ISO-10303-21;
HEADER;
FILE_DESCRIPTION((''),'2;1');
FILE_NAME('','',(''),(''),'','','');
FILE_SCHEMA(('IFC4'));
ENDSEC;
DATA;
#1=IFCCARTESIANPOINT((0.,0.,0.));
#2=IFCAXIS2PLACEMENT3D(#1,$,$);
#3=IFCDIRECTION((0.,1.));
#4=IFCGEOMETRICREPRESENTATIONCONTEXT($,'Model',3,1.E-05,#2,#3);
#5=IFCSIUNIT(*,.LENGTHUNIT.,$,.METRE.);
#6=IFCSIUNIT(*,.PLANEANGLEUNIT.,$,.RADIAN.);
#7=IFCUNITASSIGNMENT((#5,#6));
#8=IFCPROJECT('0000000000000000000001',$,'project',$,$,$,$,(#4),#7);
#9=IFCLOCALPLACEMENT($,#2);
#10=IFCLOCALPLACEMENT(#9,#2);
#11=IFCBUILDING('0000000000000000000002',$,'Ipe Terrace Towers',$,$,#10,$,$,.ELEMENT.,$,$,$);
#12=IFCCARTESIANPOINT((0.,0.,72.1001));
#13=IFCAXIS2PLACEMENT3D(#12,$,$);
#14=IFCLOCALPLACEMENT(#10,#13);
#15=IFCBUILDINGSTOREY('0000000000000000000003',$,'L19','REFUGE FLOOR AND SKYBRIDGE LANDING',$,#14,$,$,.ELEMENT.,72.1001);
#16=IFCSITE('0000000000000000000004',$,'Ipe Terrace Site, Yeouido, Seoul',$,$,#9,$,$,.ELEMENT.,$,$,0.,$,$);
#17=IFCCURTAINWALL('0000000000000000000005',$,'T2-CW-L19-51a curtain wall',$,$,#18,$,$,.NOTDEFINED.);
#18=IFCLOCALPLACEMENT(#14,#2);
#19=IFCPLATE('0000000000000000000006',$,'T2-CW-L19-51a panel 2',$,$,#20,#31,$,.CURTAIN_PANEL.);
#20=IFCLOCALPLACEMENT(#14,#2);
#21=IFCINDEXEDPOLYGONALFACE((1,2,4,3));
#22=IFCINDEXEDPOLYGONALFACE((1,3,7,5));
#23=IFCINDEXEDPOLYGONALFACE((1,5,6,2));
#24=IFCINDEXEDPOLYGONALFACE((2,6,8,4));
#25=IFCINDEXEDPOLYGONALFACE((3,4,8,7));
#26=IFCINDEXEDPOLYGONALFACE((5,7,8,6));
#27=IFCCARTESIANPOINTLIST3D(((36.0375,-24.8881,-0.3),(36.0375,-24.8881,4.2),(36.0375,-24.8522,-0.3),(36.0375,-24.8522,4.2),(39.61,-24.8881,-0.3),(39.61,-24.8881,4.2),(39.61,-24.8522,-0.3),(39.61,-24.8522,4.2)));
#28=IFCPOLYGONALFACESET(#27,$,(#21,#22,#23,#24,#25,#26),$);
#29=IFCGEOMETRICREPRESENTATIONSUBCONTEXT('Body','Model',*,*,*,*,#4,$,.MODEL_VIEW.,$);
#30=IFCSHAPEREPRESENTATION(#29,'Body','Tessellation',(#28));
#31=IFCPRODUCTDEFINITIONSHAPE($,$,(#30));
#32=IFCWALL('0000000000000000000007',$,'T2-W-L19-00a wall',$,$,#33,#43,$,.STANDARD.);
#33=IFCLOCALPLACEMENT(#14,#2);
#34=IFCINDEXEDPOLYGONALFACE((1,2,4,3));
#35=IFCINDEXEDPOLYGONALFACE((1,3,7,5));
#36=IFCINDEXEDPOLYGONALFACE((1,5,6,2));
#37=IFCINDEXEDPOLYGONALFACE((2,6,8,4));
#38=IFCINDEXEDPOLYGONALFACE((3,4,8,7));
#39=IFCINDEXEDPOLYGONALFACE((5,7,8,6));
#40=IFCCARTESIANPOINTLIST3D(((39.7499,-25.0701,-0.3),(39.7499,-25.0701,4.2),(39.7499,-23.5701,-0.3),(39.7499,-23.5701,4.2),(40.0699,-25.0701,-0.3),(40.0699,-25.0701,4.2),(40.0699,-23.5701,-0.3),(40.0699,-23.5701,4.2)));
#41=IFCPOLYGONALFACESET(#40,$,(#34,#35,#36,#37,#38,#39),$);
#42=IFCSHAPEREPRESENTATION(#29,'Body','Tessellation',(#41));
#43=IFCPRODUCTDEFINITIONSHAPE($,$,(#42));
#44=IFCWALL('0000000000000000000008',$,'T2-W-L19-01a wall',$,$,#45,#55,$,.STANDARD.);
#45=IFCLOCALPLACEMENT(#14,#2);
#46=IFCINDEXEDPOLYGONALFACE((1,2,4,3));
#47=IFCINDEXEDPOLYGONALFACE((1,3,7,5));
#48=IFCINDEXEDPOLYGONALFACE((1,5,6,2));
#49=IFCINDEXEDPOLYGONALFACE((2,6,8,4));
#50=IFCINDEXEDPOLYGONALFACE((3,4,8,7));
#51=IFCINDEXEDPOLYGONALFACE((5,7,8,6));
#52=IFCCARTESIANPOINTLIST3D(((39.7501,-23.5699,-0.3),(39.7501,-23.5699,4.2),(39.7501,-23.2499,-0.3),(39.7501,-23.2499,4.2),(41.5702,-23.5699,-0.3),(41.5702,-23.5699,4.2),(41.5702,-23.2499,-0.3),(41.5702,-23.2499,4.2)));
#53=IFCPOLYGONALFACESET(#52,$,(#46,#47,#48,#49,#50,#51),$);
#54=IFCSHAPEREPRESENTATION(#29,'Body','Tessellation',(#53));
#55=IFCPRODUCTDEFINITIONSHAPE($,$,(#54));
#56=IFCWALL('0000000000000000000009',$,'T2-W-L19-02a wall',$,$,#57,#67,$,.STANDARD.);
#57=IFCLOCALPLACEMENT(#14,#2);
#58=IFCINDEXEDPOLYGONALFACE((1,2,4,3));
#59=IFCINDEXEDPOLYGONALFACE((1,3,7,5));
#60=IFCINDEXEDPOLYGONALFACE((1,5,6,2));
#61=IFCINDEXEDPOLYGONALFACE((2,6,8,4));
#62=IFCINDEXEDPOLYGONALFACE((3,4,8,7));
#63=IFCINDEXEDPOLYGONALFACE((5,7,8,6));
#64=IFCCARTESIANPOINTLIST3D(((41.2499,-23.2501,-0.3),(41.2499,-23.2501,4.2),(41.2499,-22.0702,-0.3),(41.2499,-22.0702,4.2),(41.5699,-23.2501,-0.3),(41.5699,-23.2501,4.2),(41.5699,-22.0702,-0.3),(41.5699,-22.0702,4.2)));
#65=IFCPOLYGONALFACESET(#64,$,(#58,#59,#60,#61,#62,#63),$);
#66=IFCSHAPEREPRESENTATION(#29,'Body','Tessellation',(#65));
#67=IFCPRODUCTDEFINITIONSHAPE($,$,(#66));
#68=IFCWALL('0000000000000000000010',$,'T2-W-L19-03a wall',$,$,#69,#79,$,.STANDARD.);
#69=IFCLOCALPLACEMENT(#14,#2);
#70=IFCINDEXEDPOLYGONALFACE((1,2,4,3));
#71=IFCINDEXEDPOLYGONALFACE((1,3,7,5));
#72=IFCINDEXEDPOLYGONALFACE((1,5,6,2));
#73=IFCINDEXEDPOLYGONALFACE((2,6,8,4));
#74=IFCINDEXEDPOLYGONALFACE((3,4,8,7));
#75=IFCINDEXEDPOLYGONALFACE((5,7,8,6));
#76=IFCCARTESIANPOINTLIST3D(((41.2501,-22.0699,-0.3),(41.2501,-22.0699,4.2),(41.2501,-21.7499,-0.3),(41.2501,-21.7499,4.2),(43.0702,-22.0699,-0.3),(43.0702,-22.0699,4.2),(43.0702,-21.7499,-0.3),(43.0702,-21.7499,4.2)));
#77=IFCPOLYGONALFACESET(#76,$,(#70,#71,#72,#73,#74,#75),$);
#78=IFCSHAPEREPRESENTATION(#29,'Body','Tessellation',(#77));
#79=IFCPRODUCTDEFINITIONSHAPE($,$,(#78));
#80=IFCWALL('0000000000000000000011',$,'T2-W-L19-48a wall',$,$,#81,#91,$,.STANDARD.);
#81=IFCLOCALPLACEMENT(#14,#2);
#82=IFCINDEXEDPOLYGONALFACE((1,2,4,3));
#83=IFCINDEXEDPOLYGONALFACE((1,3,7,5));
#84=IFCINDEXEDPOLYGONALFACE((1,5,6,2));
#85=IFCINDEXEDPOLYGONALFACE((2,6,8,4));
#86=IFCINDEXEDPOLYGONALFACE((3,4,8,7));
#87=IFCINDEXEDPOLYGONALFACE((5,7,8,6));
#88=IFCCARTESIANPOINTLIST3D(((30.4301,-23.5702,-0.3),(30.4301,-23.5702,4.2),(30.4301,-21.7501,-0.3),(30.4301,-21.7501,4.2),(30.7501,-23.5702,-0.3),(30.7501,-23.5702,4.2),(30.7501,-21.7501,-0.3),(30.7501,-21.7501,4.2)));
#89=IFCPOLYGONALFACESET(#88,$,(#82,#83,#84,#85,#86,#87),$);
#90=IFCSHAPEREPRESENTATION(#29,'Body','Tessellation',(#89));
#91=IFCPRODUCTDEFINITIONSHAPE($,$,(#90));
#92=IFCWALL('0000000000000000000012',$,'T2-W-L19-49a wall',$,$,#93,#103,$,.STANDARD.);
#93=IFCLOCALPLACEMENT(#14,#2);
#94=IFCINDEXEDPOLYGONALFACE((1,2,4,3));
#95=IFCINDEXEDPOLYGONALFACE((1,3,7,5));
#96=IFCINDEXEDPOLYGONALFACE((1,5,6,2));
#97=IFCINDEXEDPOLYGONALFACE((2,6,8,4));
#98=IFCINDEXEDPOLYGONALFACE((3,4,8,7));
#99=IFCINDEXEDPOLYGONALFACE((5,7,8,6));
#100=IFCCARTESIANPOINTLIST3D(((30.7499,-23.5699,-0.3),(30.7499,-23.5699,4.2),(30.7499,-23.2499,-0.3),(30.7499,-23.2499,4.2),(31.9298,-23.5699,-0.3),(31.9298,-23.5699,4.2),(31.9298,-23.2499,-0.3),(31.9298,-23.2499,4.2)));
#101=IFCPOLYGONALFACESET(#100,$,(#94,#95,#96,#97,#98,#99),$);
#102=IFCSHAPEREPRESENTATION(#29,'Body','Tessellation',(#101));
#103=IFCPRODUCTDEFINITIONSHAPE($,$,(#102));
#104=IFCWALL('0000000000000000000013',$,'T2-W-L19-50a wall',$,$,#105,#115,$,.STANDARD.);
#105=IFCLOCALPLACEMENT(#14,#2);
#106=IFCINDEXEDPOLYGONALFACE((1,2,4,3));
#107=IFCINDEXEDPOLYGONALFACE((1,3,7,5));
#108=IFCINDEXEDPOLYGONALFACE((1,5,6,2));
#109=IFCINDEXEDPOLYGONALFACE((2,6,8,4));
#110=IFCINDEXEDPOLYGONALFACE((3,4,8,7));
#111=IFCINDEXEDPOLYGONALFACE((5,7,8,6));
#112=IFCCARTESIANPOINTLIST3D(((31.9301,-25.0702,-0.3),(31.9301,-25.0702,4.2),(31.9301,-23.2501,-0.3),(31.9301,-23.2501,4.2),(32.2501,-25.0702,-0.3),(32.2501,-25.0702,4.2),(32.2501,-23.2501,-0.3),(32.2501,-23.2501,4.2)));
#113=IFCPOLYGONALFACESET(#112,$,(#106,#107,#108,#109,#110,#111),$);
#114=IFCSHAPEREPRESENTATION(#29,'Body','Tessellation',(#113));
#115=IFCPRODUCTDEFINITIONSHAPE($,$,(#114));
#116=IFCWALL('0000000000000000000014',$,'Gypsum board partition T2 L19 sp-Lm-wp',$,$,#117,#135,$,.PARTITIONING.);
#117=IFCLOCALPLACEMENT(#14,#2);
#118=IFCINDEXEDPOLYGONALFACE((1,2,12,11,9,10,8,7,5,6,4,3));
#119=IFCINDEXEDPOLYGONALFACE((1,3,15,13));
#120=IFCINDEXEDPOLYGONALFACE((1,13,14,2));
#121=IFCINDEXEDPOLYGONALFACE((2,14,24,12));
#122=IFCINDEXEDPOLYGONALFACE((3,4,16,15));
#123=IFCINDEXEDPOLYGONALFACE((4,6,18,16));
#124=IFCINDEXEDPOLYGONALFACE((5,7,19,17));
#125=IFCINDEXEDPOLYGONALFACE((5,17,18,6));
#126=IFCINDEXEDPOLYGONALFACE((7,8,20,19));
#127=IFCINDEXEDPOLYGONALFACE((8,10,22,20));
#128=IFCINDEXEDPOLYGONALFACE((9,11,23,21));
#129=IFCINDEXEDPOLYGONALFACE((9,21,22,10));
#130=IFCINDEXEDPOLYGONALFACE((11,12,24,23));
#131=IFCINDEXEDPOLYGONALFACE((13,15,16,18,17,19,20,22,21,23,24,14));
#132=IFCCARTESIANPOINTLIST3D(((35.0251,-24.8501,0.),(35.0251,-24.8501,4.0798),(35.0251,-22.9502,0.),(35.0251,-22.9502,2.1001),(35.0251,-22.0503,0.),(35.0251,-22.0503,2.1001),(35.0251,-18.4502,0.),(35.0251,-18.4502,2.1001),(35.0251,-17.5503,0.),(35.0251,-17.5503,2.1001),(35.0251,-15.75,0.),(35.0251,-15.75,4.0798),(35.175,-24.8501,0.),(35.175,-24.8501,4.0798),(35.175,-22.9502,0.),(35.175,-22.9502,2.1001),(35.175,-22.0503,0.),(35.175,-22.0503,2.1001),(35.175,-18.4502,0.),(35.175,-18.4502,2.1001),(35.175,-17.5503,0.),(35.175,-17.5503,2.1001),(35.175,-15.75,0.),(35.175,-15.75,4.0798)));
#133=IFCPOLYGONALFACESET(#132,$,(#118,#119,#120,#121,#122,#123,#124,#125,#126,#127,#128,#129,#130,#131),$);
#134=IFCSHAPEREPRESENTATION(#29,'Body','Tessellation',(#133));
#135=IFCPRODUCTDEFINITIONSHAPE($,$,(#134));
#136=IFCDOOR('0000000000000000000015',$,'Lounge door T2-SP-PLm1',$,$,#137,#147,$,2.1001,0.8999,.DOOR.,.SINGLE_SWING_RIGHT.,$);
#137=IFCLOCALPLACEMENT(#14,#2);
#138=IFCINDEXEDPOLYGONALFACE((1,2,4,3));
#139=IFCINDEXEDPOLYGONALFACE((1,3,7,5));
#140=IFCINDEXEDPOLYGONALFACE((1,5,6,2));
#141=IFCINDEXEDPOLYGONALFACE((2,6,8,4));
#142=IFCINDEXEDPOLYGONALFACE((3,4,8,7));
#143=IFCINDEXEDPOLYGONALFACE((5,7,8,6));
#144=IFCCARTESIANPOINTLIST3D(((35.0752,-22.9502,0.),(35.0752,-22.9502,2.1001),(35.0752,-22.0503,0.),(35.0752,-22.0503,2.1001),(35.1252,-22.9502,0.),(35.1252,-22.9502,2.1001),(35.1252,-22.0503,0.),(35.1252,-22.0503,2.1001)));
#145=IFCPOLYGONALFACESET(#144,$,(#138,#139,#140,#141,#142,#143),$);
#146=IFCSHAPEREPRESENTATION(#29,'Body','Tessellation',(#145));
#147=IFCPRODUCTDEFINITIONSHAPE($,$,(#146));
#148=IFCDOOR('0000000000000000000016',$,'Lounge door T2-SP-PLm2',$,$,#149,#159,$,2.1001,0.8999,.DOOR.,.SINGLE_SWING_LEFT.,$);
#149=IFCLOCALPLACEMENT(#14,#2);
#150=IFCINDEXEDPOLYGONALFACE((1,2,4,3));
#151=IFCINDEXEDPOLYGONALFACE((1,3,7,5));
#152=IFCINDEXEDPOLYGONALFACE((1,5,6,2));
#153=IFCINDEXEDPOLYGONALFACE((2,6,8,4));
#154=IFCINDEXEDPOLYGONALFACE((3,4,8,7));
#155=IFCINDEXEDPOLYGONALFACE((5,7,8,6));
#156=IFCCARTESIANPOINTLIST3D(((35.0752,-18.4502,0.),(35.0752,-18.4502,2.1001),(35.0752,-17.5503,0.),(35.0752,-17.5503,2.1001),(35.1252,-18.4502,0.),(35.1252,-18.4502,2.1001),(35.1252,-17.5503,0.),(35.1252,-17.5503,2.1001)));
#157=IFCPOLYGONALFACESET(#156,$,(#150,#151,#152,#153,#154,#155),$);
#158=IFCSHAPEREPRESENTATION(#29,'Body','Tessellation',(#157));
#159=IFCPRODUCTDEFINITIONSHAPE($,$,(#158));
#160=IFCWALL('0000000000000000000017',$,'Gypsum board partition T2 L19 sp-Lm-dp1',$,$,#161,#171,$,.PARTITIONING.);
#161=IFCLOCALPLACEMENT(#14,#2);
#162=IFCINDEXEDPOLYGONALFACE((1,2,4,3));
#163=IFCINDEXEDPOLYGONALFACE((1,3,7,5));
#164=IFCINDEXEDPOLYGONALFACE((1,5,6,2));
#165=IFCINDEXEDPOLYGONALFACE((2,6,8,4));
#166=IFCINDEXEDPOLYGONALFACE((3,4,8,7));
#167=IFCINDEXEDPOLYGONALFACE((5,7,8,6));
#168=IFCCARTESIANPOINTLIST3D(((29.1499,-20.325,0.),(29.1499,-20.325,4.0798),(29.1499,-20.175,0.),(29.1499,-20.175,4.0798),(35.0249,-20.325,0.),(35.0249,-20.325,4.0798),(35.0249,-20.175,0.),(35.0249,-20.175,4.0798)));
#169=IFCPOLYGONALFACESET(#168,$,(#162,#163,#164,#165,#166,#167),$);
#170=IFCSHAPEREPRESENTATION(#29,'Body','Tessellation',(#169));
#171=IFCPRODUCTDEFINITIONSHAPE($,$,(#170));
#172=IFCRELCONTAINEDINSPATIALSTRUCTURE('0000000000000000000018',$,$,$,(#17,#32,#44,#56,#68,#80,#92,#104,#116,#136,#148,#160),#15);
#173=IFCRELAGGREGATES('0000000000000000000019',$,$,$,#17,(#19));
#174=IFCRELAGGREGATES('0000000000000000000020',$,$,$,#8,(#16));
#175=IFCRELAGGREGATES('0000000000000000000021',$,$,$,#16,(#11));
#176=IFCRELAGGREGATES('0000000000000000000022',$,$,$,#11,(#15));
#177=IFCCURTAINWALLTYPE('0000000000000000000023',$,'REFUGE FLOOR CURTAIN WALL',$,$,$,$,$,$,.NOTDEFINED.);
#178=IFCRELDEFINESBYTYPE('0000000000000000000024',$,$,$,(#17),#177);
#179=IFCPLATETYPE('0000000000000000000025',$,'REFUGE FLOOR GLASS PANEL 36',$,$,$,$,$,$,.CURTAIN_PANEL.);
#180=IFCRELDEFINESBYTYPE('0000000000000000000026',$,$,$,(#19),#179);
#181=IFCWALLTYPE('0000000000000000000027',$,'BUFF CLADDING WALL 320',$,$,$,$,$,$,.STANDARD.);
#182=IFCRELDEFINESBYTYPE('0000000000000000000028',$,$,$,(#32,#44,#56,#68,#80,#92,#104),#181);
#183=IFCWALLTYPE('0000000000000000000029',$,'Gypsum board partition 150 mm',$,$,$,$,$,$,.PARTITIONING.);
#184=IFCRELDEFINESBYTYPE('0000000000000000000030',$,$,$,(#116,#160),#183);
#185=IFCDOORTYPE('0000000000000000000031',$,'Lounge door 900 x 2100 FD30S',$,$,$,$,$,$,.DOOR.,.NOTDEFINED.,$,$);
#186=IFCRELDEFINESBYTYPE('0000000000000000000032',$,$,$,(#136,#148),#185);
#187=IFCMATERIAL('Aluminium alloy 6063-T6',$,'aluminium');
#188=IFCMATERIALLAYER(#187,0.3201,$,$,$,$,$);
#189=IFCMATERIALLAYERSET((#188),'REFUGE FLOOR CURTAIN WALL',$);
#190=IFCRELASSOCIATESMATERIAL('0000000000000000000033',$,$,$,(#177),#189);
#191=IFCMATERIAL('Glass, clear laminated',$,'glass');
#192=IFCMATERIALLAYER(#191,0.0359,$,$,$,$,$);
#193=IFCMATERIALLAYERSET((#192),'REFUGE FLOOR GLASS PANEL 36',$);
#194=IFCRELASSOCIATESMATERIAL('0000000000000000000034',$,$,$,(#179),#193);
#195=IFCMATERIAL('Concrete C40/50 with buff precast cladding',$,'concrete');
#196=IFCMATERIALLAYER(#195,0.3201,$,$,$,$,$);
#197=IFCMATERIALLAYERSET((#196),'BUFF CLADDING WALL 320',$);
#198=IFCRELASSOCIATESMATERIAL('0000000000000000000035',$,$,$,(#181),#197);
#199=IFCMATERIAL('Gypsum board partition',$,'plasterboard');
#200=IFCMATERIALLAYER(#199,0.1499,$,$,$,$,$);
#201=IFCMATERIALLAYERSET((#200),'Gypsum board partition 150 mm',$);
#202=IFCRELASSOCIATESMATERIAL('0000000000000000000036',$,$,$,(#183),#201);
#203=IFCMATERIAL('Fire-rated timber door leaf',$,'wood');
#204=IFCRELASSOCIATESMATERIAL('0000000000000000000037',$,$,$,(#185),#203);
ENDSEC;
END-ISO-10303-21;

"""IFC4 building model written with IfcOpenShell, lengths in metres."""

from ifc_helpers import new_model, si_unit, direction, frame, frame_2d, origin, origin_2d, place, context, subcontext, project, spatial, rectangle, extrude, material, layer, layer_set, type_object, element, fill, aggregate, save


model = new_model("IFC4")

# Units and contexts
model_context = context("Model", 3, precision=1e-05, world=origin(), true_north=direction((0.0, 1.0)))
body_context = subcontext(model_context, "Body", "Model", "MODEL_VIEW")
ifc_project = project(units=[si_unit("LENGTHUNIT", "METRE"), si_unit("PLANEANGLEUNIT", "RADIAN")], contexts=[model_context])

# Site, building, storey
site_placement = place(None, origin())
site = spatial("IfcSite", under=ifc_project, at=site_placement, Name="Ipe Terrace Site, Yeouido, Seoul", CompositionType="ELEMENT", RefElevation=0.0)
building_placement = place(site_placement, origin())
building = spatial("IfcBuilding", under=site, at=building_placement, Name="Ipe Terrace Towers", CompositionType="ELEMENT")
storey_placement = place(building_placement, frame((0.0, 0.0, 72.1001)))
storey = spatial("IfcBuildingStorey", under=building, at=storey_placement, Name="L19", Description="REFUGE FLOOR AND SKYBRIDGE LANDING", CompositionType="ELEMENT", Elevation=72.1001)

# Curtain wall, plate
ifc_material_1 = material(Name="Aluminium alloy 6063-T6", Category="aluminium")
ifc_layer_1 = layer(ifc_material_1, 0.3201)
ifc_layer_set_1 = layer_set([ifc_layer_1], Name="REFUGE FLOOR CURTAIN WALL")
curtain_wall_type = type_object("IfcCurtainWallType", Name="REFUGE FLOOR CURTAIN WALL", PredefinedType="NOTDEFINED", material=ifc_layer_set_1)
curtain_wall_placement = place(storey_placement, origin())
curtain_wall = element("IfcCurtainWall", 1, at=curtain_wall_placement, inside=storey, type_object=curtain_wall_type, Name="T2-CW-L19-51a curtain wall", PredefinedType="NOTDEFINED")
ifc_material_2 = material(Name="Glass, clear laminated", Category="glass")
ifc_layer_2 = layer(ifc_material_2, 0.0359)
ifc_layer_set_2 = layer_set([ifc_layer_2], Name="REFUGE FLOOR GLASS PANEL 36")
plate_type = type_object("IfcPlateType", Name="REFUGE FLOOR GLASS PANEL 36", PredefinedType="CURTAIN_PANEL", material=ifc_layer_set_2)
plate_1_placement = place(storey_placement, frame((37.8237, -24.8701, -0.3), z_axis=(0.0, 0.0, 1.0), x_axis=(1.0, 0.0, 0.0)))
plate_1 = element("IfcPlate", 2, at=plate_1_placement, type_object=plate_type, Name="T2-CW-L19-51a panel 2", PredefinedType="CURTAIN_PANEL", context=body_context, shape_type="SweptSolid", body=[
    extrude(rectangle(XDim=3.5725, YDim=0.0359, at=origin_2d()), origin(), (0.0, 0.0, 1.0), 4.5),
])
aggregate(curtain_wall, [plate_1])

# Walls
ifc_material_3 = material(Name="Concrete C40/50 with buff precast cladding", Category="concrete")
ifc_layer_3 = layer(ifc_material_3, 0.3201)
ifc_layer_set_3 = layer_set([ifc_layer_3], Name="BUFF CLADDING WALL 320")
wall_type_1 = type_object("IfcWallType", Name="BUFF CLADDING WALL 320", PredefinedType="STANDARD", material=ifc_layer_set_3)
wall_1_placement = place(storey_placement, frame((39.9099, -25.0701, -0.3), z_axis=(0.0, 0.0, 1.0), x_axis=(0.0, 1.0, 0.0)))
element("IfcWall", 3, at=wall_1_placement, inside=storey, type_object=wall_type_1, Name="T2-W-L19-00a wall", PredefinedType="STANDARD", context=body_context, shape_type="SweptSolid", body=[
    extrude(rectangle(XDim=1.5, YDim=0.3201, at=frame_2d((0.75, 0.0))), origin(), (0.0, 0.0, 1.0), 4.5),
])
wall_2_placement = place(storey_placement, frame((39.75, -23.4099, -0.3), z_axis=(0.0, 0.0, 1.0), x_axis=(1.0, 0.0, 0.0)))
element("IfcWall", 4, at=wall_2_placement, inside=storey, type_object=wall_type_1, Name="T2-W-L19-01a wall", PredefinedType="STANDARD", context=body_context, shape_type="SweptSolid", body=[
    extrude(rectangle(XDim=1.8201, YDim=0.3201, at=frame_2d((0.9102, 0.0))), origin(), (0.0, 0.0, 1.0), 4.5),
])
wall_3_placement = place(storey_placement, frame((41.4099, -23.25, -0.3), z_axis=(0.0, 0.0, 1.0), x_axis=(0.0, 1.0, 0.0)))
element("IfcWall", 5, at=wall_3_placement, inside=storey, type_object=wall_type_1, Name="T2-W-L19-02a wall", PredefinedType="STANDARD", context=body_context, shape_type="SweptSolid", body=[
    extrude(rectangle(XDim=1.1799, YDim=0.3201, at=frame_2d((0.5898, 0.0))), origin(), (0.0, 0.0, 1.0), 4.5),
])
for number, where, z_axis, x_axis, name in (
    (6, (41.25, -21.9099, -0.3), (0.0, 0.0, 1.0), (1.0, 0.0, 0.0), "T2-W-L19-03a wall"),
    (7, (30.5901, -21.75, -0.3), (0.0, 0.0, 1.0), (0.0, -1.0, 0.0), "T2-W-L19-48a wall"),
):
    element("IfcWall", number, at=place(storey_placement, frame(where, z_axis=z_axis, x_axis=x_axis)), inside=storey, type_object=wall_type_1, Name=name, PredefinedType="STANDARD", context=body_context, shape_type="SweptSolid", body=[
        extrude(rectangle(XDim=1.8201, YDim=0.3201, at=frame_2d((0.9102, 0.0))), origin(), (0.0, 0.0, 1.0), 4.5),
    ])
wall_4_placement = place(storey_placement, frame((30.75, -23.4099, -0.3), z_axis=(0.0, 0.0, 1.0), x_axis=(1.0, 0.0, 0.0)))
element("IfcWall", 8, at=wall_4_placement, inside=storey, type_object=wall_type_1, Name="T2-W-L19-49a wall", PredefinedType="STANDARD", context=body_context, shape_type="SweptSolid", body=[
    extrude(rectangle(XDim=1.1799, YDim=0.3201, at=frame_2d((0.5898, 0.0))), origin(), (0.0, 0.0, 1.0), 4.5),
])
wall_5_placement = place(storey_placement, frame((32.0901, -23.25, -0.3), z_axis=(0.0, 0.0, 1.0), x_axis=(0.0, -1.0, 0.0)))
element("IfcWall", 9, at=wall_5_placement, inside=storey, type_object=wall_type_1, Name="T2-W-L19-50a wall", PredefinedType="STANDARD", context=body_context, shape_type="SweptSolid", body=[
    extrude(rectangle(XDim=1.8201, YDim=0.3201, at=frame_2d((0.9102, 0.0))), origin(), (0.0, 0.0, 1.0), 4.5),
])

# Wall, openings, doors
ifc_material_4 = material(Name="Gypsum board partition", Category="plasterboard")
ifc_layer_4 = layer(ifc_material_4, 0.1499)
ifc_layer_set_4 = layer_set([ifc_layer_4], Name="Gypsum board partition 150 mm")
wall_type_2 = type_object("IfcWallType", Name="Gypsum board partition 150 mm", PredefinedType="PARTITIONING", material=ifc_layer_set_4)
wall_6_placement = place(storey_placement, frame((35.1001, -24.8501, 0.0), z_axis=(0.0, 0.0, 1.0), x_axis=(0.0, 1.0, 0.0)))
wall_6 = element("IfcWall", 10, at=wall_6_placement, inside=storey, type_object=wall_type_2, Name="Gypsum board partition T2 L19 sp-Lm-wp", PredefinedType="PARTITIONING", context=body_context, shape_type="SweptSolid", body=[
    extrude(rectangle(XDim=9.1001, YDim=0.1499, at=frame_2d((4.55, 0.0))), origin(), (0.0, 0.0, 1.0), 4.0798),
])
opening_1_placement = place(wall_6_placement, frame((1.8999, 0.0, 0.0)))
opening_1 = element("IfcOpeningElement", 11, at=opening_1_placement, cuts=wall_6, PredefinedType="OPENING", context=body_context, shape_type="SweptSolid", body=[
    extrude(rectangle(XDim=0.8999, YDim=2.1001, at=frame_2d((0.45, 1.05))), frame((0.0, 0.085, 0.0), z_axis=(0.0, -1.0, 0.0), x_axis=(1.0, 0.0, 0.0)), (0.0, 0.0, 1.0), 0.1699),
])
opening_2_placement = place(wall_6_placement, frame((6.3999, 0.0, 0.0)))
opening_2 = element("IfcOpeningElement", 12, at=opening_2_placement, cuts=wall_6, PredefinedType="OPENING", context=body_context, shape_type="SweptSolid", body=[
    extrude(rectangle(XDim=0.8999, YDim=2.1001, at=frame_2d((0.45, 1.05))), frame((0.0, 0.085, 0.0), z_axis=(0.0, -1.0, 0.0), x_axis=(1.0, 0.0, 0.0)), (0.0, 0.0, 1.0), 0.1699),
])
ifc_material_5 = material(Name="Fire-rated timber door leaf", Category="wood")
door_type = type_object("IfcDoorType", Name="Lounge door 900 x 2100 FD30S", OperationType="NOTDEFINED", PredefinedType="DOOR", material=ifc_material_5)
door_1_placement = place(opening_1_placement, origin())
door_1 = element("IfcDoor", 13, at=door_1_placement, inside=storey, type_object=door_type, Name="Lounge door T2-SP-PLm1", OperationType="SINGLE_SWING_RIGHT", OverallHeight=2.1001, OverallWidth=0.8999, PredefinedType="DOOR", context=body_context, shape_type="SweptSolid", body=[
    extrude(rectangle(XDim=0.8999, YDim=2.1001, at=frame_2d((0.45, 1.05))), frame((0.0, 0.0249, 0.0), z_axis=(0.0, -1.0, 0.0), x_axis=(1.0, 0.0, 0.0)), (0.0, 0.0, 1.0), 0.05),
])
fill(opening_1, door_1)
door_2_placement = place(opening_2_placement, origin())
door_2 = element("IfcDoor", 14, at=door_2_placement, inside=storey, type_object=door_type, Name="Lounge door T2-SP-PLm2", OperationType="SINGLE_SWING_LEFT", OverallHeight=2.1001, OverallWidth=0.8999, PredefinedType="DOOR", context=body_context, shape_type="SweptSolid", body=[
    extrude(rectangle(XDim=0.8999, YDim=2.1001, at=frame_2d((0.45, 1.05))), frame((0.0, 0.0249, 0.0), z_axis=(0.0, -1.0, 0.0), x_axis=(1.0, 0.0, 0.0)), (0.0, 0.0, 1.0), 0.05),
])
fill(opening_2, door_2)

# Wall
wall_7_placement = place(storey_placement, frame((35.0249, -20.25, 0.0), z_axis=(0.0, 0.0, 1.0), x_axis=(-1.0, 0.0, 0.0)))
element("IfcWall", 15, at=wall_7_placement, inside=storey, type_object=wall_type_2, Name="Gypsum board partition T2 L19 sp-Lm-dp1", PredefinedType="PARTITIONING", context=body_context, shape_type="SweptSolid", body=[
    extrude(rectangle(XDim=5.875, YDim=0.1499, at=frame_2d((2.9375, 0.0))), origin(), (0.0, 0.0, 1.0), 4.0798),
])

save(model, "model.ifc")
